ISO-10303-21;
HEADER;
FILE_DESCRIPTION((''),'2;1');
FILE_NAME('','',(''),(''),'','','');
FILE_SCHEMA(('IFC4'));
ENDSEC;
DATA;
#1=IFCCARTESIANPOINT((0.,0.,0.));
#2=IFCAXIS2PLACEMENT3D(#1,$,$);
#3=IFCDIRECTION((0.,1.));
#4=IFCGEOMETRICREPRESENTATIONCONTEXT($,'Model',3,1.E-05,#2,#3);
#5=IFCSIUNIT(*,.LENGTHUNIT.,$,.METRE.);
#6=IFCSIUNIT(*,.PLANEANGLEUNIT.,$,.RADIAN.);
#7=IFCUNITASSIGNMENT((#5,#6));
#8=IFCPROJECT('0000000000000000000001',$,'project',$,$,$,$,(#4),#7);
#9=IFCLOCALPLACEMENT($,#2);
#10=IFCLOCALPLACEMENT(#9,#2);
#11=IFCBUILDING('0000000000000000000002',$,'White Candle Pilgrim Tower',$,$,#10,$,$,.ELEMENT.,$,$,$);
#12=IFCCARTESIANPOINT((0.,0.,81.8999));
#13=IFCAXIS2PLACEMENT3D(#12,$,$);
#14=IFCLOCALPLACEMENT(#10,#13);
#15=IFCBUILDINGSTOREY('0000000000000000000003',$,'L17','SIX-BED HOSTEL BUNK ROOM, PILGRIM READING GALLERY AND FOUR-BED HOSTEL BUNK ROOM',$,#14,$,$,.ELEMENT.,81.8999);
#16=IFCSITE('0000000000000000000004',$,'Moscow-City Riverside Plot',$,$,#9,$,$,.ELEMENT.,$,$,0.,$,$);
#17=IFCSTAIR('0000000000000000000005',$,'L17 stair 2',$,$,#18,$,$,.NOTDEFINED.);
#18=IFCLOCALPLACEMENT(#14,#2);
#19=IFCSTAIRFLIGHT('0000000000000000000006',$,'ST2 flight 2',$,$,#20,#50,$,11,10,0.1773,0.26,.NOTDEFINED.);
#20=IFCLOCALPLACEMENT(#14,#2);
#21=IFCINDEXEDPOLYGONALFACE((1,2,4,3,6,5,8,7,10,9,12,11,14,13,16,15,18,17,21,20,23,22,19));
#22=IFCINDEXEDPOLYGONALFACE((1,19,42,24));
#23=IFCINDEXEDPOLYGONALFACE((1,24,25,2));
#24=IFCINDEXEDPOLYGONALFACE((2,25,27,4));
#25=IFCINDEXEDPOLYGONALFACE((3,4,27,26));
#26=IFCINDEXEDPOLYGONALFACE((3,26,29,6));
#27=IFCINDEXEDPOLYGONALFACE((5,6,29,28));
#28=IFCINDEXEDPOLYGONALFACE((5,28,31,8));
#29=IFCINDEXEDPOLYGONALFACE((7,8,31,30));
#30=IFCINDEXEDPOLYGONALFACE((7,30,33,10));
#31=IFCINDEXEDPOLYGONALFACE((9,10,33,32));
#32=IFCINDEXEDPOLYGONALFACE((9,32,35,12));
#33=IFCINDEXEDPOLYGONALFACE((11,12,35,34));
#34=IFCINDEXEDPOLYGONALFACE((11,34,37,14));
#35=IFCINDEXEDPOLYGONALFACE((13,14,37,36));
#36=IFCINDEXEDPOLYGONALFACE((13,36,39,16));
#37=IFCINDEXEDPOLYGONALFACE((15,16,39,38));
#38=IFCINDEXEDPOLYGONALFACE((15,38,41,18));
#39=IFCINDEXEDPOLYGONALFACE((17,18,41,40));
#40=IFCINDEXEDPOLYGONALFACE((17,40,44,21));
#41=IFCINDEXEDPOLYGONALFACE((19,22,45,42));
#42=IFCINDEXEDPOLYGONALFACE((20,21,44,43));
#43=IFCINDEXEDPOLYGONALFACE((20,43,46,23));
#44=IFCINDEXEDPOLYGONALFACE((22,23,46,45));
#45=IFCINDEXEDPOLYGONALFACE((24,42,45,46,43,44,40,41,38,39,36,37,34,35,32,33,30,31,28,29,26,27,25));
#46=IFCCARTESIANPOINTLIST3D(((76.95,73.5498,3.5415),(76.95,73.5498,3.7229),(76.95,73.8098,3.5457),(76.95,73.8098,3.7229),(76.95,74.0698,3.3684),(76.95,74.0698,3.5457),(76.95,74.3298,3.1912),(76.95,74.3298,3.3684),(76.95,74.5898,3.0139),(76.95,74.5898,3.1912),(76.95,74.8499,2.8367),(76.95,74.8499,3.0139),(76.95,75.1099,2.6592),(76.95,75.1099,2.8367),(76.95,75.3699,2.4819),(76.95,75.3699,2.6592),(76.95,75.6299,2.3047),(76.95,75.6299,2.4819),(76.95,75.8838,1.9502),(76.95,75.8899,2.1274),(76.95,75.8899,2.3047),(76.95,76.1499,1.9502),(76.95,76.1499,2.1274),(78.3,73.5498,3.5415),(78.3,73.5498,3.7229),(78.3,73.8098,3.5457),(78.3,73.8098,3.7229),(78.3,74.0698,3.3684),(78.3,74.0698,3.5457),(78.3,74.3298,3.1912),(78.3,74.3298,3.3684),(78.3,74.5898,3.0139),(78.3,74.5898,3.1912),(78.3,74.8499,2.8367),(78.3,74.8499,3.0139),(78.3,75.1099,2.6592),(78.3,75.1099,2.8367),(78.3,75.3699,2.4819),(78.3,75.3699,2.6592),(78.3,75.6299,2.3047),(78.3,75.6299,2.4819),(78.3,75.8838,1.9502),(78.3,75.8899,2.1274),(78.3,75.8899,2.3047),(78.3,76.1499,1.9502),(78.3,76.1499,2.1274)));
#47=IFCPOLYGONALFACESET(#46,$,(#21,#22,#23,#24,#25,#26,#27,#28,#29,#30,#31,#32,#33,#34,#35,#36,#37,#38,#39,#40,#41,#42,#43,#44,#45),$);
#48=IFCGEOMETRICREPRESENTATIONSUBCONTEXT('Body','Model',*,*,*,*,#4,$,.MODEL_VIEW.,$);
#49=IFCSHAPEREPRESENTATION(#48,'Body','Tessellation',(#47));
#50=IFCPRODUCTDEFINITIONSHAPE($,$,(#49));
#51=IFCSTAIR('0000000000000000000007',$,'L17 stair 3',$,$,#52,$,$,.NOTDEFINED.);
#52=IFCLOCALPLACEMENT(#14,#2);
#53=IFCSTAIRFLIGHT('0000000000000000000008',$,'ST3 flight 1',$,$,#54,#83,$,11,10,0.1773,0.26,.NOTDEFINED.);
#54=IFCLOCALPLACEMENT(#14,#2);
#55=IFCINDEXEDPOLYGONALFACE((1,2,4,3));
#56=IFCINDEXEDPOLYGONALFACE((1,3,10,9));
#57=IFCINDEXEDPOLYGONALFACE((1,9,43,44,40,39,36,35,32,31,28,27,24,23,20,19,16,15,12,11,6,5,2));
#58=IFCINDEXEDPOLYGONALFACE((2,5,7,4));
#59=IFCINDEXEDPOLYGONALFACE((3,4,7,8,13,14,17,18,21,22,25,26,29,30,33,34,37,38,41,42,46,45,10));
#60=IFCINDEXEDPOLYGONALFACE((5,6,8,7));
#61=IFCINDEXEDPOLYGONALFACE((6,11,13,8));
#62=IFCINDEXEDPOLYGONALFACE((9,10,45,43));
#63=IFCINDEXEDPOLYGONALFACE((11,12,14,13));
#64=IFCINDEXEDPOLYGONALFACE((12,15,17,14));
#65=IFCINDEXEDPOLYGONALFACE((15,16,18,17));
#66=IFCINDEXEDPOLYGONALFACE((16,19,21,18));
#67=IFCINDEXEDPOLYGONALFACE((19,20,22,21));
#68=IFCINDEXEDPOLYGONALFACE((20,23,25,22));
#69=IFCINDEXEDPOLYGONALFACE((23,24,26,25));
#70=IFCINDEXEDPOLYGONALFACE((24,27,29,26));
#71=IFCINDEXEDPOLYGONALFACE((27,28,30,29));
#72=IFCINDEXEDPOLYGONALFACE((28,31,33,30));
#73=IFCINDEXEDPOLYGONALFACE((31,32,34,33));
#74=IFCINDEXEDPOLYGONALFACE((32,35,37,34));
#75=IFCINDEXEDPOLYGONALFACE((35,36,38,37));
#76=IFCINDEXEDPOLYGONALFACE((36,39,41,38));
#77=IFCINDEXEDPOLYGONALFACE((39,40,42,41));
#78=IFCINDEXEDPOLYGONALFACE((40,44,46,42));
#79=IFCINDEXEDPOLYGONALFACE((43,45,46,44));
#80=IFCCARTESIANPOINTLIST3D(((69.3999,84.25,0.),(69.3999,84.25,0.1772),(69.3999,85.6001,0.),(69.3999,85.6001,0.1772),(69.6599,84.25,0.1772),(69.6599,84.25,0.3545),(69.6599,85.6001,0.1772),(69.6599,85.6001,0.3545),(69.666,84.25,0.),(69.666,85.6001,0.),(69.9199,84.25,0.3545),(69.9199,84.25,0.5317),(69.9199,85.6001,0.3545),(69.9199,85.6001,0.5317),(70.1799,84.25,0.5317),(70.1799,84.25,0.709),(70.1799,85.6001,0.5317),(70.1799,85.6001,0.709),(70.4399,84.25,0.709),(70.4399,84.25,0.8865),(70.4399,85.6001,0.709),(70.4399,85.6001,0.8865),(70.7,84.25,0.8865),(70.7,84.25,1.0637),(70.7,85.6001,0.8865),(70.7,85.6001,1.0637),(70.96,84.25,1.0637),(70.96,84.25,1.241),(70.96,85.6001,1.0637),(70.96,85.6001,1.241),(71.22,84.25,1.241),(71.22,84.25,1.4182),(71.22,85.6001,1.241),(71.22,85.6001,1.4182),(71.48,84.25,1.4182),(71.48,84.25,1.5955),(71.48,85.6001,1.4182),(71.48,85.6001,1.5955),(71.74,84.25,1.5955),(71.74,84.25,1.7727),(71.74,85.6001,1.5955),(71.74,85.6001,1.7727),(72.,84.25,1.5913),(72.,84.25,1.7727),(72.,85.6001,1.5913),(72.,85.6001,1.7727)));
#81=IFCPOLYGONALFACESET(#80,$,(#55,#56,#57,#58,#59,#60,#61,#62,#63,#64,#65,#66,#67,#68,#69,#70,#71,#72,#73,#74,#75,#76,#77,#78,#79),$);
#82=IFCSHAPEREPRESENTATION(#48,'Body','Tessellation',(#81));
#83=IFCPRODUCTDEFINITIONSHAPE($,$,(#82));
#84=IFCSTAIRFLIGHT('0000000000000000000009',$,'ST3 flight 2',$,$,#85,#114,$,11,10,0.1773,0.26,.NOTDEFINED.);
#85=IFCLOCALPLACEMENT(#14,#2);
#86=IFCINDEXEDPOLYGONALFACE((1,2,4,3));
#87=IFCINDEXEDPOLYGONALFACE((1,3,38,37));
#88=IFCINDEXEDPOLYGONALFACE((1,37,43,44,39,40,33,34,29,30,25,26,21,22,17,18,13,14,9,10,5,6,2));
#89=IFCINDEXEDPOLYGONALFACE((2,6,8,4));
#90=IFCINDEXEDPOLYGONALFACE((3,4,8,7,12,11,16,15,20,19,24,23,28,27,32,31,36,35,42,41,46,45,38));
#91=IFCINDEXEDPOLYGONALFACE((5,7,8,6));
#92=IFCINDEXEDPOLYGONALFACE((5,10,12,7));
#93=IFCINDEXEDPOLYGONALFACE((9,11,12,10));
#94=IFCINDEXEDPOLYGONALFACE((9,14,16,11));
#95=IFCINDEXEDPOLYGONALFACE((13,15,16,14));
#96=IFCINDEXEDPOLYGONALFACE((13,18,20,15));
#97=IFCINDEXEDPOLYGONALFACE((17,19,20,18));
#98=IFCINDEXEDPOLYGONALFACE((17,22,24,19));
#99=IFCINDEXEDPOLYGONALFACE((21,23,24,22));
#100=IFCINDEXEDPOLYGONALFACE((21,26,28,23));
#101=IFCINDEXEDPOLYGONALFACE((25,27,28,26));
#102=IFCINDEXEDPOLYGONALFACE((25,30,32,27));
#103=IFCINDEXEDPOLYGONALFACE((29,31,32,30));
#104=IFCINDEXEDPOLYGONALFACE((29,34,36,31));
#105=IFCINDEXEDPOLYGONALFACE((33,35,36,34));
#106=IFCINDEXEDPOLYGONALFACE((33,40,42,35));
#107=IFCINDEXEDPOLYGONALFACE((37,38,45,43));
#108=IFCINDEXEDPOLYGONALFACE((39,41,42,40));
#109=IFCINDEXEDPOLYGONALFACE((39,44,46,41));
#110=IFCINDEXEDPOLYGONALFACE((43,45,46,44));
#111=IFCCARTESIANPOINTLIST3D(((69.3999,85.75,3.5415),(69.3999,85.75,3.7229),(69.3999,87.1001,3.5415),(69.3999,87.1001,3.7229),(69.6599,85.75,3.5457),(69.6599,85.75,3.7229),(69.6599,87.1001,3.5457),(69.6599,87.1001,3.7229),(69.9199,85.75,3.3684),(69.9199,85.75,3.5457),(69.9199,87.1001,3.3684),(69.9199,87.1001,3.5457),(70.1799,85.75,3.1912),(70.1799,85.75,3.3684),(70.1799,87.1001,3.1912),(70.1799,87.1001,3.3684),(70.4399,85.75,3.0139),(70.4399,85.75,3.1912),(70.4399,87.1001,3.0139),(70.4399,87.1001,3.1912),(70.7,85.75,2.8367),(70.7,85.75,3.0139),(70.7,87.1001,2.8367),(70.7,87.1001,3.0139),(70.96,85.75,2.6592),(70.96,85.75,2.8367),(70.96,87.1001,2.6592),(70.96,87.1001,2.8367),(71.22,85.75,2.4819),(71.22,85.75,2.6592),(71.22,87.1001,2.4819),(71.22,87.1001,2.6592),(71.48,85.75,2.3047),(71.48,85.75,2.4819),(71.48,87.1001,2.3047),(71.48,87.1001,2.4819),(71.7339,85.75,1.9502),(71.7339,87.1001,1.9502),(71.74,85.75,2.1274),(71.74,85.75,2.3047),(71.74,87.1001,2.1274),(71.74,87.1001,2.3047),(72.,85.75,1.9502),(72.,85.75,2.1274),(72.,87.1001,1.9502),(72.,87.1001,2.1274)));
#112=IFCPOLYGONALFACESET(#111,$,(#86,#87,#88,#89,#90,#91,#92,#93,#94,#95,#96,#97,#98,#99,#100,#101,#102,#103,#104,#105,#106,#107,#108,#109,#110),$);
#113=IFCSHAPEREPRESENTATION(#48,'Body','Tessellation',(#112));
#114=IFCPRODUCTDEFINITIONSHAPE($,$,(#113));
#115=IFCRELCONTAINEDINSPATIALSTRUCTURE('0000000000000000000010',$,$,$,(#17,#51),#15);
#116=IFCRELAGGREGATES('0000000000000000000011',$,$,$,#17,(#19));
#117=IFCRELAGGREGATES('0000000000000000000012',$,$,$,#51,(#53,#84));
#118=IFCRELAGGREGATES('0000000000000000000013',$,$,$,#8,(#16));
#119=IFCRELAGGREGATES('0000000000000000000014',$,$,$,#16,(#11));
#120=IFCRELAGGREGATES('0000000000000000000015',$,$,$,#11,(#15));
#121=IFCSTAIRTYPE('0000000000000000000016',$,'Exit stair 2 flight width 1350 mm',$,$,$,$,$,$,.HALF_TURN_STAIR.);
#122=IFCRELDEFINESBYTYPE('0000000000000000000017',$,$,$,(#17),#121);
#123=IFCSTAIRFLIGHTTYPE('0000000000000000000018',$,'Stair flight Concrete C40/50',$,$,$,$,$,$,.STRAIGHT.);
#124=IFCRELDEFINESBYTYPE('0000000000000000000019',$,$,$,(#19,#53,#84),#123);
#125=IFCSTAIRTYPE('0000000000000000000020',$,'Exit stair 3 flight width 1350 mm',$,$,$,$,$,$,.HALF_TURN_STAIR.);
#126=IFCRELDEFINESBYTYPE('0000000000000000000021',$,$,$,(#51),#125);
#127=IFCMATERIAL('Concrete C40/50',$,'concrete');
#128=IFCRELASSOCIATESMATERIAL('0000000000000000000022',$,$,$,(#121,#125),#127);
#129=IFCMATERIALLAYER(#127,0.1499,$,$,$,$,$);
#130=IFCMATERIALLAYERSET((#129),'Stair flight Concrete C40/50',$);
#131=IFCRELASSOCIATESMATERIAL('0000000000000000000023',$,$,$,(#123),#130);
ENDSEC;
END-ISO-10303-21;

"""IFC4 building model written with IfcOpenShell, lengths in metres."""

from ifc_helpers import new_model, si_unit, direction, frame, origin, place, context, subcontext, project, spatial, polyline, outline, extrude, material, layer, layer_set, type_object, element, aggregate, save


model = new_model("IFC4")

# Units and contexts
model_context = context("Model", 3, precision=1e-05, world=origin(), true_north=direction((0.0, 1.0)))
body_context = subcontext(model_context, "Body", "Model", "MODEL_VIEW")
ifc_project = project(units=[si_unit("LENGTHUNIT", "METRE"), si_unit("PLANEANGLEUNIT", "RADIAN")], contexts=[model_context])

# Site, building, storey
site_placement = place(None, origin())
site = spatial("IfcSite", under=ifc_project, at=site_placement, Name="Moscow-City Riverside Plot", CompositionType="ELEMENT", RefElevation=0.0)
building_placement = place(site_placement, origin())
building = spatial("IfcBuilding", under=site, at=building_placement, Name="White Candle Pilgrim Tower", CompositionType="ELEMENT")
storey_placement = place(building_placement, frame((0.0, 0.0, 81.8999)))
storey = spatial("IfcBuildingStorey", under=building, at=storey_placement, Name="L17", Description="SIX-BED HOSTEL BUNK ROOM, PILGRIM READING GALLERY AND FOUR-BED HOSTEL BUNK ROOM", CompositionType="ELEMENT", Elevation=81.8999)

# Stair, stair flight
ifc_material_1 = material(Name="Concrete C40/50", Category="concrete")
stair_type_1 = type_object("IfcStairType", Name="Exit stair 2 flight width 1350 mm", PredefinedType="HALF_TURN_STAIR", material=ifc_material_1)
stair_1_placement = place(storey_placement, origin())
stair_1 = element("IfcStair", 1, at=stair_1_placement, inside=storey, type_object=stair_type_1, Name="L17 stair 2", PredefinedType="NOTDEFINED")
ifc_layer_1 = layer(ifc_material_1, 0.1499)
ifc_layer_set_1 = layer_set([ifc_layer_1], Name="Stair flight Concrete C40/50")
stair_flight_type = type_object("IfcStairFlightType", Name="Stair flight Concrete C40/50", PredefinedType="STRAIGHT", material=ifc_layer_set_1)
stair_flight_1_placement = place(storey_placement, frame((77.625, 76.1499, 1.9502), z_axis=(0.0, 0.0, 1.0), x_axis=(0.0, -1.0, 0.0)))
stair_flight_1 = element("IfcStairFlight", 2, at=stair_flight_1_placement, type_object=stair_flight_type, Name="ST2 flight 2", NumberOfRisers=11, NumberOfTreads=10, PredefinedType="NOTDEFINED", RiserHeight=0.1773, TreadLength=0.26, context=body_context, shape_type="SweptSolid", body=[
    extrude(outline(polyline([(0.0, 0.0), (0.0, 0.1772), (0.26, 0.1772), (0.26, 0.3545), (0.52, 0.3545), (0.52, 0.5317), (0.78, 0.5317), (0.78, 0.709), (1.04, 0.709), (1.04, 0.8865), (1.3, 0.8865), (1.3, 1.0637), (1.5601, 1.0637), (1.5601, 1.241), (1.8201, 1.241), (1.8201, 1.4182), (2.0801, 1.4182), (2.0801, 1.5955), (2.3401, 1.5955), (2.3401, 1.7727), (2.6001, 1.7727), (2.6001, 1.95), (2.6001, 1.5913), (0.2661, 0.0), (0.0, 0.0)])), frame((0.0, 0.675, 0.0), z_axis=(0.0, -1.0, 0.0), x_axis=(1.0, 0.0, 0.0)), (0.0, 0.0, 1.0), 1.3501),
])
aggregate(stair_1, [stair_flight_1])

# Stair, stair flights
stair_type_2 = type_object("IfcStairType", Name="Exit stair 3 flight width 1350 mm", PredefinedType="HALF_TURN_STAIR", material=ifc_material_1)
stair_2_placement = place(storey_placement, origin())
stair_2 = element("IfcStair", 3, at=stair_2_placement, inside=storey, type_object=stair_type_2, Name="L17 stair 3", PredefinedType="NOTDEFINED")
stair_flight_2_placement = place(storey_placement, frame((69.3999, 84.925, 0.0), z_axis=(0.0, 0.0, 1.0), x_axis=(1.0, 0.0, 0.0)))
stair_flight_2 = element("IfcStairFlight", 4, at=stair_flight_2_placement, type_object=stair_flight_type, Name="ST3 flight 1", NumberOfRisers=11, NumberOfTreads=10, PredefinedType="NOTDEFINED", RiserHeight=0.1773, TreadLength=0.26, context=body_context, shape_type="SweptSolid", body=[
    extrude(outline(polyline([(0.0, 0.0), (0.0, 0.1772), (0.26, 0.1772), (0.26, 0.3545), (0.52, 0.3545), (0.52, 0.5317), (0.78, 0.5317), (0.78, 0.709), (1.04, 0.709), (1.04, 0.8865), (1.3, 0.8865), (1.3, 1.0637), (1.5601, 1.0637), (1.5601, 1.241), (1.8201, 1.241), (1.8201, 1.4182), (2.0801, 1.4182), (2.0801, 1.5955), (2.3401, 1.5955), (2.3401, 1.7727), (2.6001, 1.7727), (2.6001, 1.95), (2.6001, 1.5913), (0.2661, 0.0), (0.0, 0.0)])), frame((0.0, 0.675, 0.0), z_axis=(0.0, -1.0, 0.0), x_axis=(1.0, 0.0, 0.0)), (0.0, 0.0, 1.0), 1.3501),
])
stair_flight_3_placement = place(storey_placement, frame((72.0, 86.425, 1.9502), z_axis=(0.0, 0.0, 1.0), x_axis=(-1.0, 0.0, 0.0)))
stair_flight_3 = element("IfcStairFlight", 5, at=stair_flight_3_placement, type_object=stair_flight_type, Name="ST3 flight 2", NumberOfRisers=11, NumberOfTreads=10, PredefinedType="NOTDEFINED", RiserHeight=0.1773, TreadLength=0.26, context=body_context, shape_type="SweptSolid", body=[
    extrude(outline(polyline([(0.0, 0.0), (0.0, 0.1772), (0.26, 0.1772), (0.26, 0.3545), (0.52, 0.3545), (0.52, 0.5317), (0.78, 0.5317), (0.78, 0.709), (1.04, 0.709), (1.04, 0.8865), (1.3, 0.8865), (1.3, 1.0637), (1.5601, 1.0637), (1.5601, 1.241), (1.8201, 1.241), (1.8201, 1.4182), (2.0801, 1.4182), (2.0801, 1.5955), (2.3401, 1.5955), (2.3401, 1.7727), (2.6001, 1.7727), (2.6001, 1.95), (2.6001, 1.5913), (0.2661, 0.0), (0.0, 0.0)])), frame((0.0, 0.675, 0.0), z_axis=(0.0, -1.0, 0.0), x_axis=(1.0, 0.0, 0.0)), (0.0, 0.0, 1.0), 1.3501),
])
aggregate(stair_2, [stair_flight_2, stair_flight_3])

save(model, "model.ifc")
